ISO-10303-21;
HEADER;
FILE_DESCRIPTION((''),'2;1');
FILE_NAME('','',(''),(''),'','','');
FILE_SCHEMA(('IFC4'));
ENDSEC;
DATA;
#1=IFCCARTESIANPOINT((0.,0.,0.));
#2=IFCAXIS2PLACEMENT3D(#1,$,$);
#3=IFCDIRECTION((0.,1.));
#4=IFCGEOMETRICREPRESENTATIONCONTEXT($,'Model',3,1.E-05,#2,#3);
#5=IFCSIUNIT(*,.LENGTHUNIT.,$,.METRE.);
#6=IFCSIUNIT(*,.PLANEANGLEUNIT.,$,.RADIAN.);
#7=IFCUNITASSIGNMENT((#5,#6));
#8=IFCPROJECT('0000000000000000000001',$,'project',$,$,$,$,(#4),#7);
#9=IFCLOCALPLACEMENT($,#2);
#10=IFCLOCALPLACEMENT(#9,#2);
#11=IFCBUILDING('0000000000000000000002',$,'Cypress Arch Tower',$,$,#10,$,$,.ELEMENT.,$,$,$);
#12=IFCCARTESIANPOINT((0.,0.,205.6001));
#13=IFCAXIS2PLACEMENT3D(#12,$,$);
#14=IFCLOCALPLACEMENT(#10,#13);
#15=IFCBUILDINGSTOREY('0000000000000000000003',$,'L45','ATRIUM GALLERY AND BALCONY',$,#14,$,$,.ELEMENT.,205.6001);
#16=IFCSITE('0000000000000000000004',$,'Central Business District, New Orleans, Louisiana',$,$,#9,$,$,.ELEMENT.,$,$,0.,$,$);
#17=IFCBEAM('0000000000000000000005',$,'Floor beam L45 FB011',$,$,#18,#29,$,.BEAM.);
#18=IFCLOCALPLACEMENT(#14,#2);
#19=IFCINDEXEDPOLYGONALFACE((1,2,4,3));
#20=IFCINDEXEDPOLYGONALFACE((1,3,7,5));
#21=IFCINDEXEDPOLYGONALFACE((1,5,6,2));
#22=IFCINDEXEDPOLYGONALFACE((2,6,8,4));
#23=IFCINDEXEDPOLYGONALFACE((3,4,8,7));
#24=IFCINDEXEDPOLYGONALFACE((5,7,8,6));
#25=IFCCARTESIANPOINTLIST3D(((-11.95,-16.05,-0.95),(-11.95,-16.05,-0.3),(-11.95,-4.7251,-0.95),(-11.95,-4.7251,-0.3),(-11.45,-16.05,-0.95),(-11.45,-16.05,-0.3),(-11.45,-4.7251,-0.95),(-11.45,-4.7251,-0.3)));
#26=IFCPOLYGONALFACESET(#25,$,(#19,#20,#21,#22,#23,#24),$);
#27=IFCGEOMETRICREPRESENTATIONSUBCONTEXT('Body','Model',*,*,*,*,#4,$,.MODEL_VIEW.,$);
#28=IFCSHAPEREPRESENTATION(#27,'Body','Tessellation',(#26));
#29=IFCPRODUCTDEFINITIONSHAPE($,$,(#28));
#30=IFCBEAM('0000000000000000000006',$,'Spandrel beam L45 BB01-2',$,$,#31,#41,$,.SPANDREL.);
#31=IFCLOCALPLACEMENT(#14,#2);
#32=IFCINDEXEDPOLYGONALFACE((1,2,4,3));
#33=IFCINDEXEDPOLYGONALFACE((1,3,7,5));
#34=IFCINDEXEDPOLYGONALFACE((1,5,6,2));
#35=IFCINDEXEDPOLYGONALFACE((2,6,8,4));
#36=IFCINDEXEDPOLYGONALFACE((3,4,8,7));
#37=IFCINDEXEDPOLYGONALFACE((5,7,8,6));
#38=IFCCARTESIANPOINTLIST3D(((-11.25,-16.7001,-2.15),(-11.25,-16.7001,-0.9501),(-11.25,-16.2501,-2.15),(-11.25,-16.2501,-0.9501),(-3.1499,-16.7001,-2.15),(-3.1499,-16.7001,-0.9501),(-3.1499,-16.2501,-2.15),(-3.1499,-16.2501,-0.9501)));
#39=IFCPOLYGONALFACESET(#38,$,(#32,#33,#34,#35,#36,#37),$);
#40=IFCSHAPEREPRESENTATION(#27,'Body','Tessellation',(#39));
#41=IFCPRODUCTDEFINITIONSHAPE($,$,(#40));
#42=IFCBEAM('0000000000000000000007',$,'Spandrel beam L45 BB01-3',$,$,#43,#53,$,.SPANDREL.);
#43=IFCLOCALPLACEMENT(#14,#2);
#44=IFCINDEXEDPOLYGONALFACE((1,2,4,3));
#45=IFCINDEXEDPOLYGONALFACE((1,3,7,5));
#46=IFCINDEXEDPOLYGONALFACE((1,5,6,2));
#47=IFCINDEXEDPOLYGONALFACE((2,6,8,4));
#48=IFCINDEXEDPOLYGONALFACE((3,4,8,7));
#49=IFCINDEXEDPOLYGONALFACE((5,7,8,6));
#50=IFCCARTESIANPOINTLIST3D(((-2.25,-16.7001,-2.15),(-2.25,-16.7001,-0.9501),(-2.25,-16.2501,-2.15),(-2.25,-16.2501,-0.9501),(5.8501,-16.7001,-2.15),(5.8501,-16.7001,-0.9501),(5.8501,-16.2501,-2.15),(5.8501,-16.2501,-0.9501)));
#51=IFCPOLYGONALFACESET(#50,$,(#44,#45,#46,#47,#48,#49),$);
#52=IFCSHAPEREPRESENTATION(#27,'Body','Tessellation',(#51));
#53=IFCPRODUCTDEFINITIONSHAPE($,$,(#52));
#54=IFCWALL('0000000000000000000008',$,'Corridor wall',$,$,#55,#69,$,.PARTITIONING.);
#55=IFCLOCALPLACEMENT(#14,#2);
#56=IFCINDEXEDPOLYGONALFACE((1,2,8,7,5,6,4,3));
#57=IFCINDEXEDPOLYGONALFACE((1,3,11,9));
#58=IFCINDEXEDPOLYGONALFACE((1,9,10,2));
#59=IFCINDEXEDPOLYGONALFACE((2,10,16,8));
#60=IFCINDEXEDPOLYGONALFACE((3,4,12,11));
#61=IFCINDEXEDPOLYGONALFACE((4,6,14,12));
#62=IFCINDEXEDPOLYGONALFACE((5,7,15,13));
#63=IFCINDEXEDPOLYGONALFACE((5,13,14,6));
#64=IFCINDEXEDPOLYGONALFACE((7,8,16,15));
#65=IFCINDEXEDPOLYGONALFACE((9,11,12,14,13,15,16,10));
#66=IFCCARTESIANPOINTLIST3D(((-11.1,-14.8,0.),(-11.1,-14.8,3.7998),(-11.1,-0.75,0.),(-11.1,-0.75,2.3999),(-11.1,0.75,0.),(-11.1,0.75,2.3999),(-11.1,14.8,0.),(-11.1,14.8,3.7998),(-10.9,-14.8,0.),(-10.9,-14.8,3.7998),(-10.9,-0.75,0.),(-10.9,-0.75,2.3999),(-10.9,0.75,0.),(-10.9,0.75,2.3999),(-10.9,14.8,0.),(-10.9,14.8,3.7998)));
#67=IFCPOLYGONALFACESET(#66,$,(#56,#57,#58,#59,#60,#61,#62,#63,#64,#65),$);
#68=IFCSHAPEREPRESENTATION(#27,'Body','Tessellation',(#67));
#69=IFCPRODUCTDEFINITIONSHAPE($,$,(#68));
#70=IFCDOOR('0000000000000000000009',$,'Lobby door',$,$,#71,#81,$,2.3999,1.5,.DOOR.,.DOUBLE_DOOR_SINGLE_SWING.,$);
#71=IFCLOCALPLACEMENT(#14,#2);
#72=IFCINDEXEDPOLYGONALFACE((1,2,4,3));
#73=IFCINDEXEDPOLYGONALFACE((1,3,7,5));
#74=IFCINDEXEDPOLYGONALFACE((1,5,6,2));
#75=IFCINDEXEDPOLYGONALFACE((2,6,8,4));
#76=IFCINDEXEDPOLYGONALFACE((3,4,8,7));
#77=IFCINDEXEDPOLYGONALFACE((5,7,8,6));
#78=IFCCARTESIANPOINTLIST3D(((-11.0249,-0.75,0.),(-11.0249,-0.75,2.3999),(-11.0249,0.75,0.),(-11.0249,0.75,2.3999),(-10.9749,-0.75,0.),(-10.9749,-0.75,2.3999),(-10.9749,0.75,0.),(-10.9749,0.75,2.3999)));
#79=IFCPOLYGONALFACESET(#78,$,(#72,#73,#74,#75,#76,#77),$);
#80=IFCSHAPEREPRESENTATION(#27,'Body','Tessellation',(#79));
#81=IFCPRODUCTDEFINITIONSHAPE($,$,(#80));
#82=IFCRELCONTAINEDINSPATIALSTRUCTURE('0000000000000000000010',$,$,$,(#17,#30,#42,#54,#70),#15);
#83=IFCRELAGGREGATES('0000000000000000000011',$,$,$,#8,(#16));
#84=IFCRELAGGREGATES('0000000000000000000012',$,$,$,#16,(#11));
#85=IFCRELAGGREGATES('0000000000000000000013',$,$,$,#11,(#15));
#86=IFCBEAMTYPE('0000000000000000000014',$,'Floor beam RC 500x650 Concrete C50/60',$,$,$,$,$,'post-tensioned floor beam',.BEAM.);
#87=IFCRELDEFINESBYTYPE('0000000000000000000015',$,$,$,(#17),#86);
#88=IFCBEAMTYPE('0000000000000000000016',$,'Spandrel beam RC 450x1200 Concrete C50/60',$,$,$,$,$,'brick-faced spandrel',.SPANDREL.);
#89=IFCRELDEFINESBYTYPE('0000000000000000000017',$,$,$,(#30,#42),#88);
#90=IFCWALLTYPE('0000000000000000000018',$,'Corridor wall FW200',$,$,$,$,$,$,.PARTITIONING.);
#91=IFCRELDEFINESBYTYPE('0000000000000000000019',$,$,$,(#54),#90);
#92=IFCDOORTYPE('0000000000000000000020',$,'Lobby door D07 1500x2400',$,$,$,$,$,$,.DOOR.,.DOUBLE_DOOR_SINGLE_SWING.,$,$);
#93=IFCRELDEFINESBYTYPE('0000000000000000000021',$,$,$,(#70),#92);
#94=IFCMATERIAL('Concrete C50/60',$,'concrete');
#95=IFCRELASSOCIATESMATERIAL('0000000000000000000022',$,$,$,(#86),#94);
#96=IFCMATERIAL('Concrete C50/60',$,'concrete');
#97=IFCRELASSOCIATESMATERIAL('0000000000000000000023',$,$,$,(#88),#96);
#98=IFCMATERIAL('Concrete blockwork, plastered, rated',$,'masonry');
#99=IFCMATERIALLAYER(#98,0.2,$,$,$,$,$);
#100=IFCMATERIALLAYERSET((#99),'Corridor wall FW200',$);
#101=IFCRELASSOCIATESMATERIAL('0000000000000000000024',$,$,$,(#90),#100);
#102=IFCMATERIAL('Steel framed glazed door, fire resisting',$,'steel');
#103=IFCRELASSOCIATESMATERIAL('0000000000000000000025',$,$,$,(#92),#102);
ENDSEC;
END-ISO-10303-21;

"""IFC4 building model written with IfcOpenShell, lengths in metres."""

from ifc_helpers import new_model, si_unit, direction, frame, frame_2d, origin, origin_2d, place, context, subcontext, project, spatial, rectangle, extrude, material, layer, layer_set, material_profile, profile_set, type_object, element, fill, save


model = new_model("IFC4")

# Units and contexts
model_context = context("Model", 3, precision=1e-05, world=origin(), true_north=direction((0.0, 1.0)))
body_context = subcontext(model_context, "Body", "Model", "MODEL_VIEW")
ifc_project = project(units=[si_unit("LENGTHUNIT", "METRE"), si_unit("PLANEANGLEUNIT", "RADIAN")], contexts=[model_context])

# Site, building, storey
site_placement = place(None, origin())
site = spatial("IfcSite", under=ifc_project, at=site_placement, Name="Central Business District, New Orleans, Louisiana", CompositionType="ELEMENT", RefElevation=0.0)
building_placement = place(site_placement, origin())
building = spatial("IfcBuilding", under=site, at=building_placement, Name="Cypress Arch Tower", CompositionType="ELEMENT")
storey_placement = place(building_placement, frame((0.0, 0.0, 205.6001)))
storey = spatial("IfcBuildingStorey", under=building, at=storey_placement, Name="L45", Description="ATRIUM GALLERY AND BALCONY", CompositionType="ELEMENT", Elevation=205.6001)

# Beams
ifc_material_1 = material(Name="Concrete C50/60", Category="concrete")
ifc_material_profile_1 = material_profile(ifc_material_1, rectangle(XDim=0.5, YDim=0.6499, at=origin_2d()), Name="RC 500x650")
ifc_profile_set_1 = profile_set([ifc_material_profile_1], Name="Concrete C50/60")
beam_type_1 = type_object("IfcBeamType", Name="Floor beam RC 500x650 Concrete C50/60", ElementType="post-tensioned floor beam", PredefinedType="BEAM", material=ifc_profile_set_1)
beam_1_placement = place(storey_placement, frame((-11.7, -16.05, -0.625), z_axis=(0.0, 1.0, 0.0), x_axis=(-1.0, 0.0, 0.0)))
element("IfcBeam", 1, at=beam_1_placement, inside=storey, type_object=beam_type_1, Name="Floor beam L45 FB011", PredefinedType="BEAM", context=body_context, shape_type="SweptSolid", body=[
    extrude(rectangle(XDim=0.5, YDim=0.6499, at=origin_2d()), origin(), (0.0, 0.0, 1.0), 11.325),
])
ifc_material_2 = material(Name="Concrete C50/60", Category="concrete")
ifc_material_profile_2 = material_profile(ifc_material_2, rectangle(XDim=0.45, YDim=1.2, at=origin_2d()), Name="RC 450x1200")
ifc_profile_set_2 = profile_set([ifc_material_profile_2], Name="Concrete C50/60")
beam_type_2 = type_object("IfcBeamType", Name="Spandrel beam RC 450x1200 Concrete C50/60", ElementType="brick-faced spandrel", PredefinedType="SPANDREL", material=ifc_profile_set_2)
for number, where, z_axis, x_axis, name in (
    (2, (-11.25, -16.4751, -1.55), (1.0, 0.0, 0.0), (0.0, 1.0, 0.0), "Spandrel beam L45 BB01-2"),
    (3, (-2.25, -16.4751, -1.55), (1.0, 0.0, 0.0), (0.0, 1.0, 0.0), "Spandrel beam L45 BB01-3"),
):
    element("IfcBeam", number, at=place(storey_placement, frame(where, z_axis=z_axis, x_axis=x_axis)), inside=storey, type_object=beam_type_2, Name=name, PredefinedType="SPANDREL", context=body_context, shape_type="SweptSolid", body=[
        extrude(rectangle(XDim=0.45, YDim=1.2, at=origin_2d()), origin(), (0.0, 0.0, 1.0), 8.1001),
    ])

# Shared definitions
ifc_material_3 = material(Name="Concrete blockwork, plastered, rated", Category="masonry")
ifc_layer_1 = layer(ifc_material_3, 0.2)
ifc_layer_set_1 = layer_set([ifc_layer_1], Name="Corridor wall FW200")
wall_type_1 = type_object("IfcWallType", Name="Corridor wall FW200", PredefinedType="PARTITIONING", material=ifc_layer_set_1)

# Wall, opening, door
wall_1_placement = place(storey_placement, frame((-11.0, -14.8, 0.0), z_axis=(0.0, 0.0, 1.0), x_axis=(0.0, 1.0, 0.0)))
wall_1 = element("IfcWall", 4, at=wall_1_placement, inside=storey, type_object=wall_type_1, Name="Corridor wall", PredefinedType="PARTITIONING", context=body_context, shape_type="SweptSolid", body=[
    extrude(rectangle(XDim=29.6001, YDim=0.2, at=frame_2d((14.8, 0.0))), origin(), (0.0, 0.0, 1.0), 3.7998),
])
opening_1_placement = place(wall_1_placement, frame((14.05, 0.0, 0.0)))
opening_1 = element("IfcOpeningElement", 5, at=opening_1_placement, cuts=wall_1, PredefinedType="OPENING", context=body_context, shape_type="SweptSolid", body=[
    extrude(rectangle(XDim=1.5, YDim=2.3999, at=frame_2d((0.75, 1.2))), frame((0.0, 0.1099, 0.0), z_axis=(0.0, -1.0, 0.0), x_axis=(1.0, 0.0, 0.0)), (0.0, 0.0, 1.0), 0.22),
])
ifc_material_4 = material(Name="Steel framed glazed door, fire resisting", Category="steel")
door_type_1 = type_object("IfcDoorType", Name="Lobby door D07 1500x2400", OperationType="DOUBLE_DOOR_SINGLE_SWING", PredefinedType="DOOR", material=ifc_material_4)
door_1_placement = place(opening_1_placement, origin())
door_1 = element("IfcDoor", 6, at=door_1_placement, inside=storey, type_object=door_type_1, Name="Lobby door", OperationType="DOUBLE_DOOR_SINGLE_SWING", OverallHeight=2.3999, OverallWidth=1.5, PredefinedType="DOOR", context=body_context, shape_type="SweptSolid", body=[
    extrude(rectangle(XDim=1.5, YDim=2.3999, at=frame_2d((0.75, 1.2))), frame((0.0, 0.0249, 0.0), z_axis=(0.0, -1.0, 0.0), x_axis=(1.0, 0.0, 0.0)), (0.0, 0.0, 1.0), 0.05),
])
fill(opening_1, door_1)

save(model, "model.ifc")
